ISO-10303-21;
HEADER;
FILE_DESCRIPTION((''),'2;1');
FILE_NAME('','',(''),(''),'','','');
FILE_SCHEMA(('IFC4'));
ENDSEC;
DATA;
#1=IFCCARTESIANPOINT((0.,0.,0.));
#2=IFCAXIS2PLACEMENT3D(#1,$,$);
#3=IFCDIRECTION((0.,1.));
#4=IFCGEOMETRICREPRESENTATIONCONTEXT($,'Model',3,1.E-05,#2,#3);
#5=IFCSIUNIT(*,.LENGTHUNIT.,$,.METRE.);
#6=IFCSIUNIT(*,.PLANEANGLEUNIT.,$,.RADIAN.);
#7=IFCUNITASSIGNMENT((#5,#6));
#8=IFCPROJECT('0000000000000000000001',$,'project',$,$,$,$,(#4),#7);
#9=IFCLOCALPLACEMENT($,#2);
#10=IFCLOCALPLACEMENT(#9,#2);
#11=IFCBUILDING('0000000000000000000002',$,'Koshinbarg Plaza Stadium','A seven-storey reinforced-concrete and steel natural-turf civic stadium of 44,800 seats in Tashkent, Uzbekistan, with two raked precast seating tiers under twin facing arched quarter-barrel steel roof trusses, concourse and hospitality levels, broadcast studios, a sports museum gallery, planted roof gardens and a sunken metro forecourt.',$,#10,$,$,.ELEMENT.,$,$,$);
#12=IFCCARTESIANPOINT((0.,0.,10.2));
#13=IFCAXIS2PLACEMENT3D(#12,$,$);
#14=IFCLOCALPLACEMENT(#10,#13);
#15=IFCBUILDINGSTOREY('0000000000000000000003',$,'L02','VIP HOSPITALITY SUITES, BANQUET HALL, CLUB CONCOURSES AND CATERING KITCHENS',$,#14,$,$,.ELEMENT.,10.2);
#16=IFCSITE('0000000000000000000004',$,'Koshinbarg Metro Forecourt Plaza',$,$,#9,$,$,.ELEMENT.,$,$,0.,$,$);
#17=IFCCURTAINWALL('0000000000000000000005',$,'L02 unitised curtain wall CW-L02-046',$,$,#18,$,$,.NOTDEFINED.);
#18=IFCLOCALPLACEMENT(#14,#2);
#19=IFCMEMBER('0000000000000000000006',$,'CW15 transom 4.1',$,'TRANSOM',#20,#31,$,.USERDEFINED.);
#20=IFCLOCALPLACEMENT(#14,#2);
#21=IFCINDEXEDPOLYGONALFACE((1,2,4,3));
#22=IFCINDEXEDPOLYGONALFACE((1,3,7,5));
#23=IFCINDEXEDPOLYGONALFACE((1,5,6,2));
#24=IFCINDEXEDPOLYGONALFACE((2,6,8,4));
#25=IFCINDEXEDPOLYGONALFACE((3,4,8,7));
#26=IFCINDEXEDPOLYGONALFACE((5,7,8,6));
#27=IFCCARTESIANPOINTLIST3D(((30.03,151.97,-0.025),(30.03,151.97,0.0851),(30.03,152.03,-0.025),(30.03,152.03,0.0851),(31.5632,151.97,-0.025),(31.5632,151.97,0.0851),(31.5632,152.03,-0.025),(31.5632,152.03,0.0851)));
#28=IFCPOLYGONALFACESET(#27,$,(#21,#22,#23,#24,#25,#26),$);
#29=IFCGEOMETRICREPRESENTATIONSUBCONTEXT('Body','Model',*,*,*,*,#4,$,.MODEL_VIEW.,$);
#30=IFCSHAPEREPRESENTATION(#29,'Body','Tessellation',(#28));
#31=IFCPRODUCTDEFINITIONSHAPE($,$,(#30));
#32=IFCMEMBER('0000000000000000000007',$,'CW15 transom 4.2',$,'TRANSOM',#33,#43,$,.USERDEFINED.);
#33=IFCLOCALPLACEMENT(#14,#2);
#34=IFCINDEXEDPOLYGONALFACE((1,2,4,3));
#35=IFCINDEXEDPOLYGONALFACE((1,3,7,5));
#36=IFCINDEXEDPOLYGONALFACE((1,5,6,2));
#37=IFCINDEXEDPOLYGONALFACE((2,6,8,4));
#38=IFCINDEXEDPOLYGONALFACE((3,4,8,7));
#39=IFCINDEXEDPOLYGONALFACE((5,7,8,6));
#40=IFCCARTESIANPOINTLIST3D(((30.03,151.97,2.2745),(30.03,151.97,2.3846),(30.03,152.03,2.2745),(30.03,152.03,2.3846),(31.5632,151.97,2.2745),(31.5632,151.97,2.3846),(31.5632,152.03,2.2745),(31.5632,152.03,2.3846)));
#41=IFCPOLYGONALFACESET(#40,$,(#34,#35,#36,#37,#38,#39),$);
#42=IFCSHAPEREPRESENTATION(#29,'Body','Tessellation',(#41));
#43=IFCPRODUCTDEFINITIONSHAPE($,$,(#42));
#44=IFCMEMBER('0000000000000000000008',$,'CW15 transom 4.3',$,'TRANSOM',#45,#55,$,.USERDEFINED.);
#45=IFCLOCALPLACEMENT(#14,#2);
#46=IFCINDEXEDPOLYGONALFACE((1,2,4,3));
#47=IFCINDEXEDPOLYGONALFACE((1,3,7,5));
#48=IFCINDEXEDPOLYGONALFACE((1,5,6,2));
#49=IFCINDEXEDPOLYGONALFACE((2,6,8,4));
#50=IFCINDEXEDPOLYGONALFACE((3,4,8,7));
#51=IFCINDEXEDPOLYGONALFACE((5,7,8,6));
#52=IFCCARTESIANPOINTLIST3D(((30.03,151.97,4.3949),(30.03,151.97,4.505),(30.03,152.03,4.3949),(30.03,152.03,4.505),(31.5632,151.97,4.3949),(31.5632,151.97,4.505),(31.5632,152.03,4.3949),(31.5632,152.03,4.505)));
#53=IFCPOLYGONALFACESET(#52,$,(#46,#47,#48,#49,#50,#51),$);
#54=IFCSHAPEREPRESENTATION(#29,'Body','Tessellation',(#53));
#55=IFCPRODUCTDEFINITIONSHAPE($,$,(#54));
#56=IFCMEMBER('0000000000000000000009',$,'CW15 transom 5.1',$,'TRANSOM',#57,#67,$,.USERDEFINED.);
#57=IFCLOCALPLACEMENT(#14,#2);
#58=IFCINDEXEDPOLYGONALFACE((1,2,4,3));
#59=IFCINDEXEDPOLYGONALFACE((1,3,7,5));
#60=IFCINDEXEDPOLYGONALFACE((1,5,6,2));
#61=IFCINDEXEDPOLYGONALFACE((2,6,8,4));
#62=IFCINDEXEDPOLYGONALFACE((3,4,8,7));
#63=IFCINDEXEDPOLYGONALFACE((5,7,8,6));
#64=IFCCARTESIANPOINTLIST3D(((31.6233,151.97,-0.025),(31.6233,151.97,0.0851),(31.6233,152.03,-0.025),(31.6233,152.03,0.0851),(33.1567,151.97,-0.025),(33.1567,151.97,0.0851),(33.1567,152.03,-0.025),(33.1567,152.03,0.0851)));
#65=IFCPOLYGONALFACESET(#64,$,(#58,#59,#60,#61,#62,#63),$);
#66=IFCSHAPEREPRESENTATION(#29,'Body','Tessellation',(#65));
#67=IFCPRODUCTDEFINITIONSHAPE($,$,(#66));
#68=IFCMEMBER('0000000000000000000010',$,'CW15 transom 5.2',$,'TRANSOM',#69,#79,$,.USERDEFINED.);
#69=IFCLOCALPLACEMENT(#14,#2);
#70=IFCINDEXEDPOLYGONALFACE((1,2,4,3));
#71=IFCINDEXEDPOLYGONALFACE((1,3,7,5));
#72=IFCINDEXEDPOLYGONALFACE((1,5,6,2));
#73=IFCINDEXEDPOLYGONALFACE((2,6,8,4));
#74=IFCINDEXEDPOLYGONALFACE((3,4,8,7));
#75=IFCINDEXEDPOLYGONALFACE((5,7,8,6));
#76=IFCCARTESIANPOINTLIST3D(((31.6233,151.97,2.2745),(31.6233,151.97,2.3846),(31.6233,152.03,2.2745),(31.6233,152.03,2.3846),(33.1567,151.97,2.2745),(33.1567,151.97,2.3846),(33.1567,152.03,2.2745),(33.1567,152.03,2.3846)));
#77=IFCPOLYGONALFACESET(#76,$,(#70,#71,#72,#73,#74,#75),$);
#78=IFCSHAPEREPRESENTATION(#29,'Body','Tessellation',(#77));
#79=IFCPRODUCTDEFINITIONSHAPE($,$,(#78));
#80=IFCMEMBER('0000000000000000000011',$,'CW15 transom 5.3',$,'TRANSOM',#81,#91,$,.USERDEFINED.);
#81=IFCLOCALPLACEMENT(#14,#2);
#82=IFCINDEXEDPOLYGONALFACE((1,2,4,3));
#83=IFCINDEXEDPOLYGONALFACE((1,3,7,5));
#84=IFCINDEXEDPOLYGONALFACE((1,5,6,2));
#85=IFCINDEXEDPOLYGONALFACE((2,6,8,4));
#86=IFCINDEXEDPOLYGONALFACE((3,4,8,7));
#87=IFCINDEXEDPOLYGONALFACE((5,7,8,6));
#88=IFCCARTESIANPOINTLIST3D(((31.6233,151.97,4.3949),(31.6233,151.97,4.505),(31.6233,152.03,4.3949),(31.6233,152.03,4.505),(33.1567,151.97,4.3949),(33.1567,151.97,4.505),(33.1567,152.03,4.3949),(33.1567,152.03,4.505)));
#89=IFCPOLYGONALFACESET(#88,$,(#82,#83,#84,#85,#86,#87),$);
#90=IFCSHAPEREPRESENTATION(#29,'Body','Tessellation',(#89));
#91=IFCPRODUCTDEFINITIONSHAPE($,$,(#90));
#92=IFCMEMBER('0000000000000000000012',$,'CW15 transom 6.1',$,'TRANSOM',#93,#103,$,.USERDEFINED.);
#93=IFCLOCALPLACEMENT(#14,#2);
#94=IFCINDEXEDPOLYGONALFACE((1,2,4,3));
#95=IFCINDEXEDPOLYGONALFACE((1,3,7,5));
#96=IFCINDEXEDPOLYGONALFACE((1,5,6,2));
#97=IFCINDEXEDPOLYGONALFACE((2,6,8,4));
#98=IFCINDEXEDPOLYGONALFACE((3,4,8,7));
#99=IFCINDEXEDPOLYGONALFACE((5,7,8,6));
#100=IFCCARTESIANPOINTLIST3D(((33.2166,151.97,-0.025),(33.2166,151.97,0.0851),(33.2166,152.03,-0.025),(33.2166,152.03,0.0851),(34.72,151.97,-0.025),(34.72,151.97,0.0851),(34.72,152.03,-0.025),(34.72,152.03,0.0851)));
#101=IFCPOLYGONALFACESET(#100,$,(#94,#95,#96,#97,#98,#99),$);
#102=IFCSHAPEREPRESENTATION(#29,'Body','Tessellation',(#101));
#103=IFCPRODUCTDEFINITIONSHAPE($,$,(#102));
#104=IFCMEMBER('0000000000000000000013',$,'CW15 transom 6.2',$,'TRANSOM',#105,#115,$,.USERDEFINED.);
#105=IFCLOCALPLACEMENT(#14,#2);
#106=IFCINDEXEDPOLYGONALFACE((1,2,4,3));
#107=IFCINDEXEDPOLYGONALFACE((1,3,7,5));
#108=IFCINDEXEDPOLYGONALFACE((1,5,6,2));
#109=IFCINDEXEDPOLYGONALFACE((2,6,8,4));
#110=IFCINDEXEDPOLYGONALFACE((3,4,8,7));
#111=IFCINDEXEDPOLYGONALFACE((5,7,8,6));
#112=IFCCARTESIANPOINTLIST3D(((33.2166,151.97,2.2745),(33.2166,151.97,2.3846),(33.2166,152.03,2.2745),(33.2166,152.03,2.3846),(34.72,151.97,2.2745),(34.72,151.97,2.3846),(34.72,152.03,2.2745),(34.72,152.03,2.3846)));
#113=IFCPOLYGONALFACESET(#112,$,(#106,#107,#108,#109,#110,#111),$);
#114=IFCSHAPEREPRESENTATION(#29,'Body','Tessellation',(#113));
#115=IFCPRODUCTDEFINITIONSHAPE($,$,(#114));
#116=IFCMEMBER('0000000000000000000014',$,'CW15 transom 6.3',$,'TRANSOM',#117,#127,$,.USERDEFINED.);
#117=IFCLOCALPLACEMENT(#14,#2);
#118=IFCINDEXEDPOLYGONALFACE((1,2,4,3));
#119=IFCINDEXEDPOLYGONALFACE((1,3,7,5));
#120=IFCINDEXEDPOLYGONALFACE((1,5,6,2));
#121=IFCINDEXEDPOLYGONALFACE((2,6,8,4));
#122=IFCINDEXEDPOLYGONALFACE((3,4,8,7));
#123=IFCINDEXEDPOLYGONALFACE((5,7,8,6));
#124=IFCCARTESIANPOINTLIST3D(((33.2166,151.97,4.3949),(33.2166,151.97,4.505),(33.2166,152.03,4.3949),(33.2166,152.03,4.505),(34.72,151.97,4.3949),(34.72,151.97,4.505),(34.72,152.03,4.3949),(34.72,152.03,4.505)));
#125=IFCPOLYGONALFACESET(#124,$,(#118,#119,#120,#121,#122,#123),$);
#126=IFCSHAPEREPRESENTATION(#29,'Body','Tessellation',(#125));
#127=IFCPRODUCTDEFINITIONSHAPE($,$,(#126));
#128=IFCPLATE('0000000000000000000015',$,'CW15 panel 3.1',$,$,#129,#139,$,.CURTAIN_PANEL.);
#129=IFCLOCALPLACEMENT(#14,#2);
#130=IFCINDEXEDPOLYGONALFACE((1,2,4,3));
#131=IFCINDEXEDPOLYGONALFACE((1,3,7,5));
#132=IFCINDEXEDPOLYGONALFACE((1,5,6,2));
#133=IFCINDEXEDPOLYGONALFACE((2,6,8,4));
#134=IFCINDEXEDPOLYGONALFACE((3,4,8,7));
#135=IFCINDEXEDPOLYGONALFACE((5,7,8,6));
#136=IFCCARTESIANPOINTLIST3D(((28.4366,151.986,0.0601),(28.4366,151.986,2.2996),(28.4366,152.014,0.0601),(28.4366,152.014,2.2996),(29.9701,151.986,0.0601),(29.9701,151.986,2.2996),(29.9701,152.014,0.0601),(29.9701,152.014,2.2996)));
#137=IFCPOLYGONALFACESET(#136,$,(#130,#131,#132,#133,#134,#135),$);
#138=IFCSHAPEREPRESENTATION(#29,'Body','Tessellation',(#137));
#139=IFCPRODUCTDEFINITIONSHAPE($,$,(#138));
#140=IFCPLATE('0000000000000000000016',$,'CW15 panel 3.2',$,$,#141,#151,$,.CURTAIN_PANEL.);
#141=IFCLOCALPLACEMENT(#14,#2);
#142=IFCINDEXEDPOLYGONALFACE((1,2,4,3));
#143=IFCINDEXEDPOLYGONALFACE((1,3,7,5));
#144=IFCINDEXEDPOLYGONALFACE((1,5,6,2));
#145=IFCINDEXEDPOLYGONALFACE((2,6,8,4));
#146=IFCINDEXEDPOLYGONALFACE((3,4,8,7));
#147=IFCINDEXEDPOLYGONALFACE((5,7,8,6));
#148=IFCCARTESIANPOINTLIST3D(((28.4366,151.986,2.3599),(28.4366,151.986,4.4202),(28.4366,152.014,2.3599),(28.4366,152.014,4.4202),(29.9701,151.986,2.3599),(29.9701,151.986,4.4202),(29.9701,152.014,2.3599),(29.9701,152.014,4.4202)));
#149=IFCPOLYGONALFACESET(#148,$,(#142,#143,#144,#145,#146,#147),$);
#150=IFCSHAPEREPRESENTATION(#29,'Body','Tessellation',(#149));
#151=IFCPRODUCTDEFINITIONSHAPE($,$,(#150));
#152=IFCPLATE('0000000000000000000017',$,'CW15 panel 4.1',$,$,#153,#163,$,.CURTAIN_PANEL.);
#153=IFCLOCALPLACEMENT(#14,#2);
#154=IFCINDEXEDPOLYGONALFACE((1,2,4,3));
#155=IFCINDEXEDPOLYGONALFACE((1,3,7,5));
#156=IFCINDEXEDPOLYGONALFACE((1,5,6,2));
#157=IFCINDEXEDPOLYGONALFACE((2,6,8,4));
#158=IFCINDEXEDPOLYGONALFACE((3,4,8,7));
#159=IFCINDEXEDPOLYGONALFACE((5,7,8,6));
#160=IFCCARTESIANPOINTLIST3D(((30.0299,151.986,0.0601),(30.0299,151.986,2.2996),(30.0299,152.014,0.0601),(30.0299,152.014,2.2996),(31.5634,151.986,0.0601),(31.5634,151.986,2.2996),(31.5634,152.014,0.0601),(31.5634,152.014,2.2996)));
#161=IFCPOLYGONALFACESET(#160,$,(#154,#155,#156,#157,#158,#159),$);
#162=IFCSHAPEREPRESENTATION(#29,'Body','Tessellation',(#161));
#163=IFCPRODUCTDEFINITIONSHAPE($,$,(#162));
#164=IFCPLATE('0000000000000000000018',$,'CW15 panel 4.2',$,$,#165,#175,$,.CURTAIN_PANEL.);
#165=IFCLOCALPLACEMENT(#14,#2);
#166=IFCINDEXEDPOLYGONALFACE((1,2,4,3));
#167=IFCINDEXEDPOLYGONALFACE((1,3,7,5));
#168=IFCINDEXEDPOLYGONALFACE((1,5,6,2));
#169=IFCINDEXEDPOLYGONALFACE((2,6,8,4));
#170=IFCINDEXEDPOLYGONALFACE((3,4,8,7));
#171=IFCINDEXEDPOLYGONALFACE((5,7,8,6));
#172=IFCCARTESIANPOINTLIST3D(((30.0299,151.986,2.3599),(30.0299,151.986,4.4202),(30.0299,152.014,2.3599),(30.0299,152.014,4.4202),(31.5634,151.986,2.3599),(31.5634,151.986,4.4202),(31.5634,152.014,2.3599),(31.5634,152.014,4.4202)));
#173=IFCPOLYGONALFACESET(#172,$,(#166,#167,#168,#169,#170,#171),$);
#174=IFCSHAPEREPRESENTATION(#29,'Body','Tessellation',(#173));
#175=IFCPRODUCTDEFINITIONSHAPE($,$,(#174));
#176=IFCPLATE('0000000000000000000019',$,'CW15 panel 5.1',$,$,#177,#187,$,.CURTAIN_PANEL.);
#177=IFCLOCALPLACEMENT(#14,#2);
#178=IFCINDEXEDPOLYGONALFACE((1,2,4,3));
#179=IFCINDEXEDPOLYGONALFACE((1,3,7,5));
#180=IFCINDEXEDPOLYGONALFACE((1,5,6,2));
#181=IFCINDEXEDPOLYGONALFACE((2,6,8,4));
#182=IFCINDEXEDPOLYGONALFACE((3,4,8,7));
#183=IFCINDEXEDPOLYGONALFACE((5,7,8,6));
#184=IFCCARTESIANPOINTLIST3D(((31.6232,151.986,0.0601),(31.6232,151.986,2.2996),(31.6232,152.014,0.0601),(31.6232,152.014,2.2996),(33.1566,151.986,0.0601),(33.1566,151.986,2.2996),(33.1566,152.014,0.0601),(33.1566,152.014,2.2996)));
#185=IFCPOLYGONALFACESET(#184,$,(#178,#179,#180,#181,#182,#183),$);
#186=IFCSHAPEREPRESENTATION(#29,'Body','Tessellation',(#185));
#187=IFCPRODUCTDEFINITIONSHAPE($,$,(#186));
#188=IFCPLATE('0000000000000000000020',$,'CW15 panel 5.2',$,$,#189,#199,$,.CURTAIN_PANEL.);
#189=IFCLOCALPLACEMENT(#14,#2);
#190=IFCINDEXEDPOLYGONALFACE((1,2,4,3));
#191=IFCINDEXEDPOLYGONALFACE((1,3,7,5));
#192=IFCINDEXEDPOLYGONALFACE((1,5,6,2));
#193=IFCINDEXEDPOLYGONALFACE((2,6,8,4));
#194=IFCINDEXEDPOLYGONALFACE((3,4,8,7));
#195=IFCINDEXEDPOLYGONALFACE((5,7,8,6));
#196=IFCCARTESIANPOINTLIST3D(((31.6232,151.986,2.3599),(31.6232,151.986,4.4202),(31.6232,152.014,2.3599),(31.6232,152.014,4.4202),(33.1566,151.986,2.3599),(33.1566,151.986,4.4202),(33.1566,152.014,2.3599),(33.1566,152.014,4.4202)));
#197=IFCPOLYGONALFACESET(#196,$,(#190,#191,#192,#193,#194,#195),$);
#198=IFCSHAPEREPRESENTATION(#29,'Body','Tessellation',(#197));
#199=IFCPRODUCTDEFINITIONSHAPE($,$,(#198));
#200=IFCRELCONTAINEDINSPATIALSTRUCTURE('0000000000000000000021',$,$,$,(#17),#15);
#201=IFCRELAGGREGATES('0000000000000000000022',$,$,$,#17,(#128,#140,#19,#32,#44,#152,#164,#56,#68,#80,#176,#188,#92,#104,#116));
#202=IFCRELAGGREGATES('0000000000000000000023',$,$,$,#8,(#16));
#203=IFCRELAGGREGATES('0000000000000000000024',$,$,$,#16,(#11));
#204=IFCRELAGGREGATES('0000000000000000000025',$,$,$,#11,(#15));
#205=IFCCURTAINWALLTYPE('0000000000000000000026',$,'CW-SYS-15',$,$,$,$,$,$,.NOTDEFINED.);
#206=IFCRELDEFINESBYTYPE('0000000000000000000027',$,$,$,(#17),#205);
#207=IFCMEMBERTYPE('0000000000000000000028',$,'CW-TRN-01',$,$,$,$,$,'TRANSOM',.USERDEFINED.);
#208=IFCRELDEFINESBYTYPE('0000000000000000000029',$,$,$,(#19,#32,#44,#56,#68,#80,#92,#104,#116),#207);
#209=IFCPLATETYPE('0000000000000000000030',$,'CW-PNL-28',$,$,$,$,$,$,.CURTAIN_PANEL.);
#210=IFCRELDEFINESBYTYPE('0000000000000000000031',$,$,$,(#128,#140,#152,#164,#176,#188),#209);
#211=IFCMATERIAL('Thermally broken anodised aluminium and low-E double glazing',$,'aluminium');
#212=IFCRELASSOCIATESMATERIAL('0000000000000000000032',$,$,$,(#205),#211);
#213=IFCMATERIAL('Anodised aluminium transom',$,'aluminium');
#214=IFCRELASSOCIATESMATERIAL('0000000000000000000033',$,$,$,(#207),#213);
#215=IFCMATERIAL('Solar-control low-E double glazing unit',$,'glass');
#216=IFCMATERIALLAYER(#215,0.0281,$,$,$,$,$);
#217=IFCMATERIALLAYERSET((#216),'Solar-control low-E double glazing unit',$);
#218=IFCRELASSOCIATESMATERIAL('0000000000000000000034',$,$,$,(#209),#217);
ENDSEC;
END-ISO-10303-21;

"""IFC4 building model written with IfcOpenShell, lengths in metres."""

from ifc_helpers import new_model, si_unit, direction, frame, origin, origin_2d, place, context, subcontext, project, spatial, rectangle, extrude, material, layer, layer_set, material_profile, profile_set, type_object, element, aggregate, save


model = new_model("IFC4")

# Units and contexts
model_context = context("Model", 3, precision=1e-05, world=origin(), true_north=direction((0.0, 1.0)))
body_context = subcontext(model_context, "Body", "Model", "MODEL_VIEW")
ifc_project = project(units=[si_unit("LENGTHUNIT", "METRE"), si_unit("PLANEANGLEUNIT", "RADIAN")], contexts=[model_context])

# Site, building, storey
site_placement = place(None, origin())
site = spatial("IfcSite", under=ifc_project, at=site_placement, Name="Koshinbarg Metro Forecourt Plaza", CompositionType="ELEMENT", RefElevation=0.0)
building_placement = place(site_placement, origin())
building = spatial("IfcBuilding", under=site, at=building_placement, Name="Koshinbarg Plaza Stadium", Description="A seven-storey reinforced-concrete and steel natural-turf civic stadium of 44,800 seats in Tashkent, Uzbekistan, with two raked precast seating tiers under twin facing arched quarter-barrel steel roof trusses, concourse and hospitality levels, broadcast studios, a sports museum gallery, planted roof gardens and a sunken metro forecourt.", CompositionType="ELEMENT")
storey_placement = place(building_placement, frame((0.0, 0.0, 10.2)))
storey = spatial("IfcBuildingStorey", under=building, at=storey_placement, Name="L02", Description="VIP HOSPITALITY SUITES, BANQUET HALL, CLUB CONCOURSES AND CATERING KITCHENS", CompositionType="ELEMENT", Elevation=10.2)

# Curtain wall, members, plates
ifc_material_1 = material(Name="Thermally broken anodised aluminium and low-E double glazing", Category="aluminium")
curtain_wall_type = type_object("IfcCurtainWallType", Name="CW-SYS-15", PredefinedType="NOTDEFINED", material=ifc_material_1)
curtain_wall_placement = place(storey_placement, origin())
curtain_wall = element("IfcCurtainWall", 1, at=curtain_wall_placement, inside=storey, type_object=curtain_wall_type, Name="L02 unitised curtain wall CW-L02-046", PredefinedType="NOTDEFINED")
ifc_material_2 = material(Name="Anodised aluminium transom", Category="aluminium")
ifc_material_profile_1 = material_profile(ifc_material_2, rectangle(XDim=0.0601, YDim=0.1101, at=origin_2d()), Name="ALU 60x110")
ifc_profile_set_1 = profile_set([ifc_material_profile_1], Name="Anodised aluminium transom")
member_type_1 = type_object("IfcMemberType", Name="CW-TRN-01", ElementType="TRANSOM", PredefinedType="USERDEFINED", material=ifc_profile_set_1)
member_1_placement = place(storey_placement, frame((30.03, 152.0, 0.03), z_axis=(1.0, 0.0, 0.0), x_axis=(0.0, 1.0, 0.0)))
member_1 = element("IfcMember", 2, at=member_1_placement, type_object=member_type_1, Name="CW15 transom 4.1", ObjectType="TRANSOM", PredefinedType="USERDEFINED", context=body_context, shape_type="SweptSolid", body=[
    extrude(rectangle(XDim=0.0601, YDim=0.1101, at=origin_2d()), origin(), (0.0, 0.0, 1.0), 1.5332),
])
member_2_placement = place(storey_placement, frame((30.03, 152.0, 2.3296), z_axis=(1.0, 0.0, 0.0), x_axis=(0.0, 1.0, 0.0)))
member_2 = element("IfcMember", 3, at=member_2_placement, type_object=member_type_1, Name="CW15 transom 4.2", ObjectType="TRANSOM", PredefinedType="USERDEFINED", context=body_context, shape_type="SweptSolid", body=[
    extrude(rectangle(XDim=0.0601, YDim=0.1101, at=origin_2d()), origin(), (0.0, 0.0, 1.0), 1.5332),
])
member_3_placement = place(storey_placement, frame((30.03, 152.0, 4.45), z_axis=(1.0, 0.0, 0.0), x_axis=(0.0, 1.0, 0.0)))
member_3 = element("IfcMember", 4, at=member_3_placement, type_object=member_type_1, Name="CW15 transom 4.3", ObjectType="TRANSOM", PredefinedType="USERDEFINED", context=body_context, shape_type="SweptSolid", body=[
    extrude(rectangle(XDim=0.0601, YDim=0.1101, at=origin_2d()), origin(), (0.0, 0.0, 1.0), 1.5332),
])
member_4_placement = place(storey_placement, frame((31.6233, 152.0, 0.03), z_axis=(1.0, 0.0, 0.0), x_axis=(0.0, 1.0, 0.0)))
member_4 = element("IfcMember", 5, at=member_4_placement, type_object=member_type_1, Name="CW15 transom 5.1", ObjectType="TRANSOM", PredefinedType="USERDEFINED", context=body_context, shape_type="SweptSolid", body=[
    extrude(rectangle(XDim=0.0601, YDim=0.1101, at=origin_2d()), origin(), (0.0, 0.0, 1.0), 1.5334),
])
member_5_placement = place(storey_placement, frame((31.6233, 152.0, 2.3296), z_axis=(1.0, 0.0, 0.0), x_axis=(0.0, 1.0, 0.0)))
member_5 = element("IfcMember", 6, at=member_5_placement, type_object=member_type_1, Name="CW15 transom 5.2", ObjectType="TRANSOM", PredefinedType="USERDEFINED", context=body_context, shape_type="SweptSolid", body=[
    extrude(rectangle(XDim=0.0601, YDim=0.1101, at=origin_2d()), origin(), (0.0, 0.0, 1.0), 1.5334),
])
member_6_placement = place(storey_placement, frame((31.6233, 152.0, 4.45), z_axis=(1.0, 0.0, 0.0), x_axis=(0.0, 1.0, 0.0)))
member_6 = element("IfcMember", 7, at=member_6_placement, type_object=member_type_1, Name="CW15 transom 5.3", ObjectType="TRANSOM", PredefinedType="USERDEFINED", context=body_context, shape_type="SweptSolid", body=[
    extrude(rectangle(XDim=0.0601, YDim=0.1101, at=origin_2d()), origin(), (0.0, 0.0, 1.0), 1.5334),
])
member_7_placement = place(storey_placement, frame((33.2166, 152.0, 0.03), z_axis=(1.0, 0.0, 0.0), x_axis=(0.0, 1.0, 0.0)))
member_7 = element("IfcMember", 8, at=member_7_placement, type_object=member_type_1, Name="CW15 transom 6.1", ObjectType="TRANSOM", PredefinedType="USERDEFINED", context=body_context, shape_type="SweptSolid", body=[
    extrude(rectangle(XDim=0.0601, YDim=0.1101, at=origin_2d()), origin(), (0.0, 0.0, 1.0), 1.5034),
])
member_8_placement = place(storey_placement, frame((33.2166, 152.0, 2.3296), z_axis=(1.0, 0.0, 0.0), x_axis=(0.0, 1.0, 0.0)))
member_8 = element("IfcMember", 9, at=member_8_placement, type_object=member_type_1, Name="CW15 transom 6.2", ObjectType="TRANSOM", PredefinedType="USERDEFINED", context=body_context, shape_type="SweptSolid", body=[
    extrude(rectangle(XDim=0.0601, YDim=0.1101, at=origin_2d()), origin(), (0.0, 0.0, 1.0), 1.5034),
])
member_9_placement = place(storey_placement, frame((33.2166, 152.0, 4.45), z_axis=(1.0, 0.0, 0.0), x_axis=(0.0, 1.0, 0.0)))
member_9 = element("IfcMember", 10, at=member_9_placement, type_object=member_type_1, Name="CW15 transom 6.3", ObjectType="TRANSOM", PredefinedType="USERDEFINED", context=body_context, shape_type="SweptSolid", body=[
    extrude(rectangle(XDim=0.0601, YDim=0.1101, at=origin_2d()), origin(), (0.0, 0.0, 1.0), 1.5034),
])
ifc_material_3 = material(Name="Solar-control low-E double glazing unit", Category="glass")
ifc_layer_1 = layer(ifc_material_3, 0.0281)
ifc_layer_set_1 = layer_set([ifc_layer_1], Name="Solar-control low-E double glazing unit")
plate_type = type_object("IfcPlateType", Name="CW-PNL-28", PredefinedType="CURTAIN_PANEL", material=ifc_layer_set_1)
plate_1_placement = place(storey_placement, frame((29.2034, 152.0, 0.0601), z_axis=(0.0, 0.0, 1.0), x_axis=(1.0, 0.0, 0.0)))
plate_1 = element("IfcPlate", 11, at=plate_1_placement, type_object=plate_type, Name="CW15 panel 3.1", PredefinedType="CURTAIN_PANEL", context=body_context, shape_type="SweptSolid", body=[
    extrude(rectangle(XDim=1.5334, YDim=0.0281, at=origin_2d()), origin(), (0.0, 0.0, 1.0), 2.2395),
])
plate_2_placement = place(storey_placement, frame((29.2034, 152.0, 2.3599), z_axis=(0.0, 0.0, 1.0), x_axis=(1.0, 0.0, 0.0)))
plate_2 = element("IfcPlate", 12, at=plate_2_placement, type_object=plate_type, Name="CW15 panel 3.2", PredefinedType="CURTAIN_PANEL", context=body_context, shape_type="SweptSolid", body=[
    extrude(rectangle(XDim=1.5334, YDim=0.0281, at=origin_2d()), origin(), (0.0, 0.0, 1.0), 2.0603),
])
plate_3_placement = place(storey_placement, frame((30.7966, 152.0, 0.0601), z_axis=(0.0, 0.0, 1.0), x_axis=(1.0, 0.0, 0.0)))
plate_3 = element("IfcPlate", 13, at=plate_3_placement, type_object=plate_type, Name="CW15 panel 4.1", PredefinedType="CURTAIN_PANEL", context=body_context, shape_type="SweptSolid", body=[
    extrude(rectangle(XDim=1.5334, YDim=0.0281, at=origin_2d()), origin(), (0.0, 0.0, 1.0), 2.2395),
])
plate_4_placement = place(storey_placement, frame((30.7966, 152.0, 2.3599), z_axis=(0.0, 0.0, 1.0), x_axis=(1.0, 0.0, 0.0)))
plate_4 = element("IfcPlate", 14, at=plate_4_placement, type_object=plate_type, Name="CW15 panel 4.2", PredefinedType="CURTAIN_PANEL", context=body_context, shape_type="SweptSolid", body=[
    extrude(rectangle(XDim=1.5334, YDim=0.0281, at=origin_2d()), origin(), (0.0, 0.0, 1.0), 2.0603),
])
plate_5_placement = place(storey_placement, frame((32.3899, 152.0, 0.0601), z_axis=(0.0, 0.0, 1.0), x_axis=(1.0, 0.0, 0.0)))
plate_5 = element("IfcPlate", 15, at=plate_5_placement, type_object=plate_type, Name="CW15 panel 5.1", PredefinedType="CURTAIN_PANEL", context=body_context, shape_type="SweptSolid", body=[
    extrude(rectangle(XDim=1.5334, YDim=0.0281, at=origin_2d()), origin(), (0.0, 0.0, 1.0), 2.2395),
])
plate_6_placement = place(storey_placement, frame((32.3899, 152.0, 2.3599), z_axis=(0.0, 0.0, 1.0), x_axis=(1.0, 0.0, 0.0)))
plate_6 = element("IfcPlate", 16, at=plate_6_placement, type_object=plate_type, Name="CW15 panel 5.2", PredefinedType="CURTAIN_PANEL", context=body_context, shape_type="SweptSolid", body=[
    extrude(rectangle(XDim=1.5334, YDim=0.0281, at=origin_2d()), origin(), (0.0, 0.0, 1.0), 2.0603),
])
aggregate(curtain_wall, [plate_1, plate_2, member_1, member_2, member_3, plate_3, plate_4, member_4, member_5, member_6, plate_5, plate_6, member_7, member_8, member_9])

save(model, "model.ifc")
